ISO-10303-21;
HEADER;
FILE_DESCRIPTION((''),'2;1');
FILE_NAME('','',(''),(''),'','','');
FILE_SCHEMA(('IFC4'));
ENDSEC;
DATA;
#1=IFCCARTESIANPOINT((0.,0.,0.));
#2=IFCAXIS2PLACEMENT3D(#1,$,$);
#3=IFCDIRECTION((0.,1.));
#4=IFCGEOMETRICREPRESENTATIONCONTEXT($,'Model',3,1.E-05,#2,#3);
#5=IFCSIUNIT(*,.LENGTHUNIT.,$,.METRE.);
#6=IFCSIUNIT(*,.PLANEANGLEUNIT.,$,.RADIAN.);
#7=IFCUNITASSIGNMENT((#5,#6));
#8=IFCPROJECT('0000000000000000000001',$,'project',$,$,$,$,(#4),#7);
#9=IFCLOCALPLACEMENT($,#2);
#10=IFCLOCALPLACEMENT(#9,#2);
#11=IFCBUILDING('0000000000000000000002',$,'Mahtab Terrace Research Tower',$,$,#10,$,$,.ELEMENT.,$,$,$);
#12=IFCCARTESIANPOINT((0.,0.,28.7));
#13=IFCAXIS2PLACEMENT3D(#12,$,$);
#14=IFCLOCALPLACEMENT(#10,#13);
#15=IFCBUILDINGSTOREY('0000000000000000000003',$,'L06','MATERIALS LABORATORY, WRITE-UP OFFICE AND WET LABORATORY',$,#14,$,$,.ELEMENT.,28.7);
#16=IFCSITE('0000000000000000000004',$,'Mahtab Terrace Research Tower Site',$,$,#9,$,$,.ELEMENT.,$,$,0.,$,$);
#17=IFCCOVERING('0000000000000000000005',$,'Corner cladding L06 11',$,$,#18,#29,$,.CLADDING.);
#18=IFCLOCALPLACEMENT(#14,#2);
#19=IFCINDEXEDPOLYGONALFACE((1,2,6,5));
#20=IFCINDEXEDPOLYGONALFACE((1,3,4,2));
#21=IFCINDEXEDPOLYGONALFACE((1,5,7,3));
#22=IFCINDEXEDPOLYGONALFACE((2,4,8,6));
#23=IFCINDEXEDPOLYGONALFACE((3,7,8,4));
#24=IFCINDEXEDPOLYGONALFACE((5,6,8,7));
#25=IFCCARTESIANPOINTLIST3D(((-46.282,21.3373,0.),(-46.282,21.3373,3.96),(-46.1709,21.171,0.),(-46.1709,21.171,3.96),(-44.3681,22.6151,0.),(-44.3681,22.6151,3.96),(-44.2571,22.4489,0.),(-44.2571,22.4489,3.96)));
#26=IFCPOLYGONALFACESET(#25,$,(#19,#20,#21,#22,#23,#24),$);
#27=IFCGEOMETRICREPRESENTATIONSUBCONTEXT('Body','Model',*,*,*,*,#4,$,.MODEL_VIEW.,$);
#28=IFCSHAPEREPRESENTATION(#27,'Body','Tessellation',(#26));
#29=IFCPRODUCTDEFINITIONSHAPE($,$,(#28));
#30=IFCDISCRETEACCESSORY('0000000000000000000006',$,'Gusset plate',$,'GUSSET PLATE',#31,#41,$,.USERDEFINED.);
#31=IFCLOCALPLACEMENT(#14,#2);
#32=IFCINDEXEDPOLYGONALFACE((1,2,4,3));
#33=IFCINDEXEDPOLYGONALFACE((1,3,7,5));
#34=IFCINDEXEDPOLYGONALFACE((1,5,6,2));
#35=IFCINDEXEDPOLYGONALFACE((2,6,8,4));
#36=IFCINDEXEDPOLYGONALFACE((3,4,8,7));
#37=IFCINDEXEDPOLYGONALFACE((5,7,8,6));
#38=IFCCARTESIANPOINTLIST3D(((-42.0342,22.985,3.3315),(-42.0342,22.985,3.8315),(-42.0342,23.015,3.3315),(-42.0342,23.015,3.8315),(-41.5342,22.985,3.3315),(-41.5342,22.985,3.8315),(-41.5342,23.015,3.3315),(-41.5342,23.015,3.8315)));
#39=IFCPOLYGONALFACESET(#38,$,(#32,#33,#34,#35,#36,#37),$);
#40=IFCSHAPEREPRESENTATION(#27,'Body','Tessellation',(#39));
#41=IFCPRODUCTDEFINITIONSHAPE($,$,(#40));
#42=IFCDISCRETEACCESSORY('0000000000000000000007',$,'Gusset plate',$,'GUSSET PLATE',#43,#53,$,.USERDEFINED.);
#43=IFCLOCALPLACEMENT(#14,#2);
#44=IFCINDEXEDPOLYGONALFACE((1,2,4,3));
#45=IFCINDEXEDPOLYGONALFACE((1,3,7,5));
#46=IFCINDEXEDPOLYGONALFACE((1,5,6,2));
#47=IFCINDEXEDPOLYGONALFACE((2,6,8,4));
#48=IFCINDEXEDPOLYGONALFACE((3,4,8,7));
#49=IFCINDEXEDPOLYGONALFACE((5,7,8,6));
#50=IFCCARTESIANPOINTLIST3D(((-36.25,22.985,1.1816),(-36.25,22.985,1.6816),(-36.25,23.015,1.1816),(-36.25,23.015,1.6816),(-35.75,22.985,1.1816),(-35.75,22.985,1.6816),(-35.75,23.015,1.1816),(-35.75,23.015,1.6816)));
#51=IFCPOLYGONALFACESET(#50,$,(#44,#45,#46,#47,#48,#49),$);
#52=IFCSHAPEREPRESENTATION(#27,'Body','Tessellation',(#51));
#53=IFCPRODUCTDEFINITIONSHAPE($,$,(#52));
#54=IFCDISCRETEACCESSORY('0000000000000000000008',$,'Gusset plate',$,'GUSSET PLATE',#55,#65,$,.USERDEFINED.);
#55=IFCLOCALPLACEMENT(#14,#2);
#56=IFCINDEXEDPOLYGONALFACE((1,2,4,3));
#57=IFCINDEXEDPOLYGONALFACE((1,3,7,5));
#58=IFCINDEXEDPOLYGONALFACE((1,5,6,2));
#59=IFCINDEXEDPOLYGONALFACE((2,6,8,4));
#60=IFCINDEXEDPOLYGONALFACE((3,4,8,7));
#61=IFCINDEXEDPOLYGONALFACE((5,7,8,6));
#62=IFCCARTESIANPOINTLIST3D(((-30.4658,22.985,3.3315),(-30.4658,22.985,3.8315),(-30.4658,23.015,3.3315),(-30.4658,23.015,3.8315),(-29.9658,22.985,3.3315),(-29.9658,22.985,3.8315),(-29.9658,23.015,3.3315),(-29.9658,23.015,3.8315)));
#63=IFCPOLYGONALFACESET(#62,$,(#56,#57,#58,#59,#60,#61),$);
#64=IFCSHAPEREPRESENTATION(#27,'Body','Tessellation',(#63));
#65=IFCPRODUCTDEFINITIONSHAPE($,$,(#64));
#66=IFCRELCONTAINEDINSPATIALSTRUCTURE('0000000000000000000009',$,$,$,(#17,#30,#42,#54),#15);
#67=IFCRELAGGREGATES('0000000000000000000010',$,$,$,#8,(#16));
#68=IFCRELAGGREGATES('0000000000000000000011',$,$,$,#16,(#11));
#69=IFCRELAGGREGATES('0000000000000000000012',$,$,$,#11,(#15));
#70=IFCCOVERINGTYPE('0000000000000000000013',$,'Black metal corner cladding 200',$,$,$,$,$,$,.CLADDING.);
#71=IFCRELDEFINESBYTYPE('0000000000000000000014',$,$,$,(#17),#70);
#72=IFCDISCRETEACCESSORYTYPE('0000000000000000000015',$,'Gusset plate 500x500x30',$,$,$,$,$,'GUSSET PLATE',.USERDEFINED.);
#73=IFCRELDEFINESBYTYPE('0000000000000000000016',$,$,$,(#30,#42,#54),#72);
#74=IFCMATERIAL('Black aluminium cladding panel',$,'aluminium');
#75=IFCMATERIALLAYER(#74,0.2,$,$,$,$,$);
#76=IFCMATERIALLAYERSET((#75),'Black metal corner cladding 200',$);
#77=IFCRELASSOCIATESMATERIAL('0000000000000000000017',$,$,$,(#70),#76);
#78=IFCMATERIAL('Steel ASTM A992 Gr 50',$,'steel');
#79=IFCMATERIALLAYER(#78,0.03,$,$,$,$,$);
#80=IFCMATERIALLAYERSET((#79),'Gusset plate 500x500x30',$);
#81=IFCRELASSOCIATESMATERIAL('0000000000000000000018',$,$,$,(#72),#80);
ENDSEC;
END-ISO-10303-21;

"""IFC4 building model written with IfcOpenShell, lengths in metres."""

from ifc_helpers import new_model, si_unit, direction, frame, origin, origin_2d, place, context, subcontext, project, spatial, rectangle, extrude, material, layer, layer_set, type_object, element, save


model = new_model("IFC4")

# Units and contexts
model_context = context("Model", 3, precision=1e-05, world=origin(), true_north=direction((0.0, 1.0)))
body_context = subcontext(model_context, "Body", "Model", "MODEL_VIEW")
ifc_project = project(units=[si_unit("LENGTHUNIT", "METRE"), si_unit("PLANEANGLEUNIT", "RADIAN")], contexts=[model_context])

# Site, building, storey
site_placement = place(None, origin())
site = spatial("IfcSite", under=ifc_project, at=site_placement, Name="Mahtab Terrace Research Tower Site", CompositionType="ELEMENT", RefElevation=0.0)
building_placement = place(site_placement, origin())
building = spatial("IfcBuilding", under=site, at=building_placement, Name="Mahtab Terrace Research Tower", CompositionType="ELEMENT")
storey_placement = place(building_placement, frame((0.0, 0.0, 28.7)))
storey = spatial("IfcBuildingStorey", under=building, at=storey_placement, Name="L06", Description="MATERIALS LABORATORY, WRITE-UP OFFICE AND WET LABORATORY", CompositionType="ELEMENT", Elevation=28.7)

# Shared definitions
ifc_material_1 = material(Name="Steel ASTM A992 Gr 50", Category="steel")

# Shared definitions
ifc_material_2 = material(Name="Black aluminium cladding panel", Category="aluminium")

# Covering
ifc_layer_1 = layer(ifc_material_2, 0.2)
ifc_layer_set_1 = layer_set([ifc_layer_1], Name="Black metal corner cladding 200")
covering_type = type_object("IfcCoveringType", Name="Black metal corner cladding 200", PredefinedType="CLADDING", material=ifc_layer_set_1)
covering_1_placement = place(storey_placement, frame((-45.2695, 21.8931, 0.0), z_axis=(0.0, 0.0, 1.0), x_axis=(-0.831656, -0.555291, 0.0)))
element("IfcCovering", 1, at=covering_1_placement, inside=storey, type_object=covering_type, Name="Corner cladding L06 11", PredefinedType="CLADDING", context=body_context, shape_type="SweptSolid", body=[
    extrude(rectangle(XDim=2.3013, YDim=0.2, at=origin_2d()), origin(), (0.0, 0.0, 1.0), 3.96),
])

# Discrete accessories
ifc_layer_2 = layer(ifc_material_1, 0.03)
ifc_layer_set_2 = layer_set([ifc_layer_2], Name="Gusset plate 500x500x30")
discrete_accessory_type = type_object("IfcDiscreteAccessoryType", Name="Gusset plate 500x500x30", ElementType="GUSSET PLATE", PredefinedType="USERDEFINED", material=ifc_layer_set_2)
for number, where, z_axis, x_axis, name in (
    (2, (-41.7842, 23.0, 3.3315), (0.0, 0.0, 1.0), (1.0, 0.0, 0.0), "Gusset plate"),
    (3, (-36.0, 23.0, 1.1816), (0.0, 0.0, 1.0), (1.0, 0.0, 0.0), "Gusset plate"),
    (4, (-30.2158, 23.0, 3.3315), (0.0, 0.0, 1.0), (1.0, 0.0, 0.0), "Gusset plate"),
):
    element("IfcDiscreteAccessory", number, at=place(storey_placement, frame(where, z_axis=z_axis, x_axis=x_axis)), inside=storey, type_object=discrete_accessory_type, Name=name, ObjectType="GUSSET PLATE", PredefinedType="USERDEFINED", context=body_context, shape_type="SweptSolid", body=[
        extrude(rectangle(XDim=0.5, YDim=0.03, at=origin_2d()), origin(), (0.0, 0.0, 1.0), 0.5),
    ])

save(model, "model.ifc")
